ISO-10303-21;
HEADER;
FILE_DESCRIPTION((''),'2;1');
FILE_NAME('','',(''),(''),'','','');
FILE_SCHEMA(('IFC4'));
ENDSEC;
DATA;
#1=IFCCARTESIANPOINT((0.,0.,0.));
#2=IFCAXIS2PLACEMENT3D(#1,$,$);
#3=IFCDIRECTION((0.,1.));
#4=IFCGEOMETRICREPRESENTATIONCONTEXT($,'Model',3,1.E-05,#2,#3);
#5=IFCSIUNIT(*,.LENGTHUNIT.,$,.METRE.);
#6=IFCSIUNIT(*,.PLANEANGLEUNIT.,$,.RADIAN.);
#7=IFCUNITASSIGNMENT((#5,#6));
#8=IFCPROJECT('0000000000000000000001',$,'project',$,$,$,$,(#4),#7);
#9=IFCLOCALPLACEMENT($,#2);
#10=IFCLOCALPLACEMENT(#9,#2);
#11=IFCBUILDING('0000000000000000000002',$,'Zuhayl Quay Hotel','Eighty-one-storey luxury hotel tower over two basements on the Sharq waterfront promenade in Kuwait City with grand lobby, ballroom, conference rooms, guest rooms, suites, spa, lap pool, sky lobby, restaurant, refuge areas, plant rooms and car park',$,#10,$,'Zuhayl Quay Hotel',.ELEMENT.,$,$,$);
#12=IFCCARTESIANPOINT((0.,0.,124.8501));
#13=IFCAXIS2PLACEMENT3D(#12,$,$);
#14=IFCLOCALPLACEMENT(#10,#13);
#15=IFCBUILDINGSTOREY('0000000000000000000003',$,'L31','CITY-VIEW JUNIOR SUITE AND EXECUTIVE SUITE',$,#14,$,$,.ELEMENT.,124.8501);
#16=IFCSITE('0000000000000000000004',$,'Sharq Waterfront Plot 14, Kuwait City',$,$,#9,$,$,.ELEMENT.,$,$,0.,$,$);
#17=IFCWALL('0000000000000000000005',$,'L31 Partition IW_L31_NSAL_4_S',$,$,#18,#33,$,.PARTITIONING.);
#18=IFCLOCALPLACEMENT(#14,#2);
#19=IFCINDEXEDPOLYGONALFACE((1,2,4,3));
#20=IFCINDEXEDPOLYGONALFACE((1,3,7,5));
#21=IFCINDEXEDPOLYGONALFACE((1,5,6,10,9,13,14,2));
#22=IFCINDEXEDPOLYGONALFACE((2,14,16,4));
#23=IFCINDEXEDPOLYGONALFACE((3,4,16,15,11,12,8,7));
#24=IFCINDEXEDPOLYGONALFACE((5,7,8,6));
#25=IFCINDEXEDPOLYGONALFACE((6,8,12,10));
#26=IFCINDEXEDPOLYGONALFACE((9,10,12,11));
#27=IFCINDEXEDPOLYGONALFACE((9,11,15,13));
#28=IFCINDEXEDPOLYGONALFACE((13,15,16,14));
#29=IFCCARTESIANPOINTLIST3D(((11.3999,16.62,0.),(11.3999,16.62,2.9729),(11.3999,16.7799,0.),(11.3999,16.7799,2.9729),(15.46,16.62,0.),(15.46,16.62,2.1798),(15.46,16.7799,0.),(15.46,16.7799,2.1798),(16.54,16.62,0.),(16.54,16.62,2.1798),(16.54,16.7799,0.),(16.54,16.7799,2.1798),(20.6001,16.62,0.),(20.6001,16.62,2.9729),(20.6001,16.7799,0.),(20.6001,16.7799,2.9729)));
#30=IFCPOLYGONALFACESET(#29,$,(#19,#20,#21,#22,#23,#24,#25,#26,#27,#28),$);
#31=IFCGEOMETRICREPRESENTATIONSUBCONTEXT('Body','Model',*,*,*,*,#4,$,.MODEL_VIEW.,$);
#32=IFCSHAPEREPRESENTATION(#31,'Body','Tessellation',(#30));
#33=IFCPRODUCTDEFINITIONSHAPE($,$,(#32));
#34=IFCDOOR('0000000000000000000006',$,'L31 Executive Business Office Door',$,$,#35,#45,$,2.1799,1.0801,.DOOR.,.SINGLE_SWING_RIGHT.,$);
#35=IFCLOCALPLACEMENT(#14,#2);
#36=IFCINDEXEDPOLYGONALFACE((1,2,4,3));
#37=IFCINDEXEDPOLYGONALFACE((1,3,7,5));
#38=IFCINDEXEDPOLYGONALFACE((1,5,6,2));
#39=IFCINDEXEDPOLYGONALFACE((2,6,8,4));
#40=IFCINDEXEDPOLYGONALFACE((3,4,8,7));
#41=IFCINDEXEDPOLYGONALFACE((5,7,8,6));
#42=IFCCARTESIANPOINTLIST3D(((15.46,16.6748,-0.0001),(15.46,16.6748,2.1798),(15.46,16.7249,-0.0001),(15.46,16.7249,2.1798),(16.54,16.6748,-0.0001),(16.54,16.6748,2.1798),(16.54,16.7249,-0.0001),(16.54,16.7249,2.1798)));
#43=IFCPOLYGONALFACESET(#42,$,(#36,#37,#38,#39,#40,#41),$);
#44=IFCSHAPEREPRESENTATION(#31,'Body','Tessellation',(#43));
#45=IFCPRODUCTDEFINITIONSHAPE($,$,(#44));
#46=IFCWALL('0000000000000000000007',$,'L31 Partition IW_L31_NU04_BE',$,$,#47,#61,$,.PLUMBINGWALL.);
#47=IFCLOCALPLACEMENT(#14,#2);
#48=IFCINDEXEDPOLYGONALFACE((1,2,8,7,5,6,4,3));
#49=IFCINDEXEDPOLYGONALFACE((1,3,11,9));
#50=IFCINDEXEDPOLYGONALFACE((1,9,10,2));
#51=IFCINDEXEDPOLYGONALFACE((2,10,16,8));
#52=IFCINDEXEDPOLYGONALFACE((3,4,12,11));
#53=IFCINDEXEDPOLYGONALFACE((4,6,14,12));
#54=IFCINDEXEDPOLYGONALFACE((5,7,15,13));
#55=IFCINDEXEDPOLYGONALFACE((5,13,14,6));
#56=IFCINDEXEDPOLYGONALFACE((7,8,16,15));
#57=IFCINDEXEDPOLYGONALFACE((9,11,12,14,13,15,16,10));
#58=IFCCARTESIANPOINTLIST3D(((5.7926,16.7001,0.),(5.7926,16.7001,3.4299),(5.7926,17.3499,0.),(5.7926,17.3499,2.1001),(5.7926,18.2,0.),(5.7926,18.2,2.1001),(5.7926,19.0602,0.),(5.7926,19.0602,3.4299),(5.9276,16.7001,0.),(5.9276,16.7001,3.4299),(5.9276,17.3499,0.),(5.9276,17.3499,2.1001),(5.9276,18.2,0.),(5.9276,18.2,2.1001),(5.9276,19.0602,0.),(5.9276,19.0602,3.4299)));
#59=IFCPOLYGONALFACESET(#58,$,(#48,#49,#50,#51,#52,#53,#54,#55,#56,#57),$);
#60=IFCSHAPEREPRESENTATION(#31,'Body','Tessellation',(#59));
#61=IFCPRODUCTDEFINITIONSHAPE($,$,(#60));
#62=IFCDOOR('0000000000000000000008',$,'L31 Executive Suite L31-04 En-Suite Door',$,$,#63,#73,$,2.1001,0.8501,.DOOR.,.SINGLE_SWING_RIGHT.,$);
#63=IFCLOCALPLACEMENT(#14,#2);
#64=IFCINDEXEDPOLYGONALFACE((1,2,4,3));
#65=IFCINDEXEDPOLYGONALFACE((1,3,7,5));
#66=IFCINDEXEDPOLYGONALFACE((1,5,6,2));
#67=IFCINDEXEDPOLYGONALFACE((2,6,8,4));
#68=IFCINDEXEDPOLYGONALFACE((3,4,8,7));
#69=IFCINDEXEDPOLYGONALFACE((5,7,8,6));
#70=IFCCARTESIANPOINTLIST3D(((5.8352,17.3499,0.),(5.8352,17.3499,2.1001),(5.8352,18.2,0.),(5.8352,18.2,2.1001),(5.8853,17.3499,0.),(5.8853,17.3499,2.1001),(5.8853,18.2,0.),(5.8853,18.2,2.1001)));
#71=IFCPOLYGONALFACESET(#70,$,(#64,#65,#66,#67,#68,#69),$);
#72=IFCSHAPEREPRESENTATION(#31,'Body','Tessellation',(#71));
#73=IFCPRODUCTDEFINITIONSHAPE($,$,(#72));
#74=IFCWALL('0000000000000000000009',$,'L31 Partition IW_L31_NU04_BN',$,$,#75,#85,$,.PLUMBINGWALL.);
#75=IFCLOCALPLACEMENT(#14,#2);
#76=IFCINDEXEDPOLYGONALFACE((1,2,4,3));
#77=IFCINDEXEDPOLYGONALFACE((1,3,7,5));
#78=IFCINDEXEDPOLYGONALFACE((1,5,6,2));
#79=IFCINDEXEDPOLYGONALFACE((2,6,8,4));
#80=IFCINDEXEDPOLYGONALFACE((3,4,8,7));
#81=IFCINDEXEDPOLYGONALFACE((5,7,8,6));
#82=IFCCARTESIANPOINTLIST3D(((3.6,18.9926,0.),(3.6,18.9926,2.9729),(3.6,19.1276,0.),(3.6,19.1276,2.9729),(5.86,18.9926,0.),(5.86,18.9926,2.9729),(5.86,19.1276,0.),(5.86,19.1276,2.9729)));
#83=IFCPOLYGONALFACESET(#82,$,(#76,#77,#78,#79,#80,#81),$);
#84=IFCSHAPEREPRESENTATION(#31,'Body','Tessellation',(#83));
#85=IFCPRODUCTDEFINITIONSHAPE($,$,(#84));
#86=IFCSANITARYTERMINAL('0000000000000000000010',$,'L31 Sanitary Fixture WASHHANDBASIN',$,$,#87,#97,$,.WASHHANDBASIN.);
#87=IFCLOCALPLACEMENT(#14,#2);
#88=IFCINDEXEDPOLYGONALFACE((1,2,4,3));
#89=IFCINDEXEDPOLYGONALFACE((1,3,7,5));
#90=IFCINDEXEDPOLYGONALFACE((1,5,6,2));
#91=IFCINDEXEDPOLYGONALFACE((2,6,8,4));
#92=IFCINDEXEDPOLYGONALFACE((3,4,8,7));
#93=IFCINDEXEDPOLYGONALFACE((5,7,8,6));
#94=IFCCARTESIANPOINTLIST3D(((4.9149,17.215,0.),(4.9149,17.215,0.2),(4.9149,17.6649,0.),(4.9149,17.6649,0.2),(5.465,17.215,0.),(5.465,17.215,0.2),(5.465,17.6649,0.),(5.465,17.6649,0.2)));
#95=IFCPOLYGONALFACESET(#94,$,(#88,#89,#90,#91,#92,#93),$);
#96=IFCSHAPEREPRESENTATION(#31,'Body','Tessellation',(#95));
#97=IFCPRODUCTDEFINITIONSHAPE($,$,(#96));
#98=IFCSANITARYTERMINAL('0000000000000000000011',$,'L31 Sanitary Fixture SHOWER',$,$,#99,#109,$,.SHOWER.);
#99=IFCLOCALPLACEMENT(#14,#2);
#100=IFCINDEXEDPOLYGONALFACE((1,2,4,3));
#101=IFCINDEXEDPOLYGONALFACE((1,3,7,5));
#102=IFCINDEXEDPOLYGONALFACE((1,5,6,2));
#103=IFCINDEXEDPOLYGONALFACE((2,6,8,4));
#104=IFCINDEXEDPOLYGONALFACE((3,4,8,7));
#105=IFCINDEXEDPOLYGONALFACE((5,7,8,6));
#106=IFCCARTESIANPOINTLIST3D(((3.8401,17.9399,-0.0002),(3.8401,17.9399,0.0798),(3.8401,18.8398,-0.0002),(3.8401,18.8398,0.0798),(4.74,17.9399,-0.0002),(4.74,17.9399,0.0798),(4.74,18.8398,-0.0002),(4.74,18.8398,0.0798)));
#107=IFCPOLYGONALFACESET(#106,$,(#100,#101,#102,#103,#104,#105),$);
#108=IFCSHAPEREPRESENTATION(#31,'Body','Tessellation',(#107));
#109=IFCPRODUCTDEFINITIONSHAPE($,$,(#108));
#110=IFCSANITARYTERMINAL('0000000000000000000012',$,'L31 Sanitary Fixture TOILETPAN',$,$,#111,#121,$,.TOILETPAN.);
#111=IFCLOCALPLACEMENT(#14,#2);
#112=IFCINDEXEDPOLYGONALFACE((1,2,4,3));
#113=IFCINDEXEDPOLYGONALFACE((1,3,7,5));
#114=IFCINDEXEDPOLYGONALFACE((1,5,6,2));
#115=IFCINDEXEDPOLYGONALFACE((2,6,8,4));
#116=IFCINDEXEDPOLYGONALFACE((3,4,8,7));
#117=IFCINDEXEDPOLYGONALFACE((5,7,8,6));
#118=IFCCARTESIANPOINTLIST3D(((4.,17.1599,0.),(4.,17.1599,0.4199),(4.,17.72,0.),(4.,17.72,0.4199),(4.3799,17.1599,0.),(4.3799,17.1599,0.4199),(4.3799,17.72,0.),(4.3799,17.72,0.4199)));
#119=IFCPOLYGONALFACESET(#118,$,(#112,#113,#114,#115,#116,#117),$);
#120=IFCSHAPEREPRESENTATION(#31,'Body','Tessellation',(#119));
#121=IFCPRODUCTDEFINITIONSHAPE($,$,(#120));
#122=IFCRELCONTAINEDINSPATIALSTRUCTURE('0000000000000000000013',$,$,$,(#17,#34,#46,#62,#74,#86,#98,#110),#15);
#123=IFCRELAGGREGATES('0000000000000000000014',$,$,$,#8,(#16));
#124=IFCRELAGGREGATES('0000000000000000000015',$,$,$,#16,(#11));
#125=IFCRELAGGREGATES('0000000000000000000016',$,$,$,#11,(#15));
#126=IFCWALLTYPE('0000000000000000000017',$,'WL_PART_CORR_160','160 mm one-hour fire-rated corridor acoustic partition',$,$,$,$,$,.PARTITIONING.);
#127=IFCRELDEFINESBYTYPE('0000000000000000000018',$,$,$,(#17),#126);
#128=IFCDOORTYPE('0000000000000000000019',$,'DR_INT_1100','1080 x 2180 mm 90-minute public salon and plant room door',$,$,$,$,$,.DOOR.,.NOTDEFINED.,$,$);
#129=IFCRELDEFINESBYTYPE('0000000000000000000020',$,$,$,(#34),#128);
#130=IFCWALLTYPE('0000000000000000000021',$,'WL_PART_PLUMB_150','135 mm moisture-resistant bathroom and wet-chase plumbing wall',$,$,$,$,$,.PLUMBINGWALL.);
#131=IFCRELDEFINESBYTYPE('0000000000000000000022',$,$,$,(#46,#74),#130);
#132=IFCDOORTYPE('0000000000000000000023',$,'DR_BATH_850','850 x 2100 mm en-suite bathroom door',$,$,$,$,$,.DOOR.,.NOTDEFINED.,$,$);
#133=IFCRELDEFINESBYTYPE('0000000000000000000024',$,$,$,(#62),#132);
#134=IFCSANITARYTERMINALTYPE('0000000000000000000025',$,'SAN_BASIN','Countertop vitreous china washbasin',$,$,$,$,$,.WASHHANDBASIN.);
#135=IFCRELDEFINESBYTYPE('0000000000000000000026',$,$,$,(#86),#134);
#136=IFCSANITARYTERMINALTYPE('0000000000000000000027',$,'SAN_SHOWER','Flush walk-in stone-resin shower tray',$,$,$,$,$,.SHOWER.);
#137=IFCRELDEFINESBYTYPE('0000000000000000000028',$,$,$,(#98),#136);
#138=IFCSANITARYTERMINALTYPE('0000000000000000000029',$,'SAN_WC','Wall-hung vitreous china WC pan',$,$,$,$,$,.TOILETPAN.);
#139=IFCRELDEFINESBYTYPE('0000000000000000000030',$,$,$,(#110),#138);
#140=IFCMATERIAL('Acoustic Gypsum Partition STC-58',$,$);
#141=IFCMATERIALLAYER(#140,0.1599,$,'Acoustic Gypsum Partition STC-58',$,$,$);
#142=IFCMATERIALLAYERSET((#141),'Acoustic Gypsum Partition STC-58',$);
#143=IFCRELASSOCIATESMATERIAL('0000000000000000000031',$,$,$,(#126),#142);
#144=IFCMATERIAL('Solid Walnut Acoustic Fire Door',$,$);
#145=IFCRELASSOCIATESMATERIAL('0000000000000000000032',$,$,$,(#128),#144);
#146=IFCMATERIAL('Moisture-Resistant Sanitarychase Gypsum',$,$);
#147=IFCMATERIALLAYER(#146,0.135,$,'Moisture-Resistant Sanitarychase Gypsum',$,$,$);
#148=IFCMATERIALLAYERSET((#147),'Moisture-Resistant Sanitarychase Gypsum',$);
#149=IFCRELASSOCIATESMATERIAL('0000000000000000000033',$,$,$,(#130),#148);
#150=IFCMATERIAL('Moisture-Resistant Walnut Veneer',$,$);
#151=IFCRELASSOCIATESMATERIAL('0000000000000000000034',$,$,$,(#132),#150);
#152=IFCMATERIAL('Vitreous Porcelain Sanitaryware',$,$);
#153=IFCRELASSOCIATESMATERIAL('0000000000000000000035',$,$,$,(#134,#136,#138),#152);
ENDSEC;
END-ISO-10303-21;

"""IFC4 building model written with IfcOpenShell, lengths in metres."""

from ifc_helpers import new_model, si_unit, direction, frame, frame_2d, origin, origin_2d, place, context, subcontext, project, spatial, rectangle, extrude, material, layer, layer_set, type_object, element, fill, save


model = new_model("IFC4")

# Units and contexts
model_context = context("Model", 3, precision=1e-05, world=origin(), true_north=direction((0.0, 1.0)))
body_context = subcontext(model_context, "Body", "Model", "MODEL_VIEW")
ifc_project = project(units=[si_unit("LENGTHUNIT", "METRE"), si_unit("PLANEANGLEUNIT", "RADIAN")], contexts=[model_context])

# Site, building, storey
site_placement = place(None, origin())
site = spatial("IfcSite", under=ifc_project, at=site_placement, Name="Sharq Waterfront Plot 14, Kuwait City", CompositionType="ELEMENT", RefElevation=0.0)
building_placement = place(site_placement, origin())
building = spatial("IfcBuilding", under=site, at=building_placement, Name="Zuhayl Quay Hotel", Description="Eighty-one-storey luxury hotel tower over two basements on the Sharq waterfront promenade in Kuwait City with grand lobby, ballroom, conference rooms, guest rooms, suites, spa, lap pool, sky lobby, restaurant, refuge areas, plant rooms and car park", LongName="Zuhayl Quay Hotel", CompositionType="ELEMENT")
storey_placement = place(building_placement, frame((0.0, 0.0, 124.8501)))
storey = spatial("IfcBuildingStorey", under=building, at=storey_placement, Name="L31", Description="CITY-VIEW JUNIOR SUITE AND EXECUTIVE SUITE", CompositionType="ELEMENT", Elevation=124.8501)

# Shared definitions
ifc_material_1 = material(Name="Acoustic Gypsum Partition STC-58")

# Walls, openings, doors
ifc_layer_1 = layer(ifc_material_1, 0.1599, Name="Acoustic Gypsum Partition STC-58")
ifc_layer_set_1 = layer_set([ifc_layer_1], Name="Acoustic Gypsum Partition STC-58")
wall_type_1 = type_object("IfcWallType", Name="WL_PART_CORR_160", Description="160 mm one-hour fire-rated corridor acoustic partition", PredefinedType="PARTITIONING", material=ifc_layer_set_1)
ifc_material_2 = material(Name="Solid Walnut Acoustic Fire Door")
wall_1_placement = place(storey_placement, frame((11.3999, 16.7, 0.0), z_axis=(0.0, 0.0, 1.0), x_axis=(1.0, 0.0, 0.0)))
wall_1 = element("IfcWall", 1, at=wall_1_placement, inside=storey, type_object=wall_type_1, Name="L31 Partition IW_L31_NSAL_4_S", PredefinedType="PARTITIONING", context=body_context, shape_type="SweptSolid", body=[
    extrude(rectangle(XDim=9.2002, YDim=0.1599, at=frame_2d((4.6001, 0.0))), origin(), (0.0, 0.0, 1.0), 2.9729),
])
opening_1_placement = place(wall_1_placement, frame((4.0601, 0.0, 0.0)))
opening_1 = element("IfcOpeningElement", 2, at=opening_1_placement, cuts=wall_1, PredefinedType="OPENING", context=body_context, shape_type="SweptSolid", body=[
    extrude(rectangle(XDim=1.0801, YDim=2.1799, at=frame_2d((0.54, 1.0898))), frame((0.0, 0.0898, 0.0), z_axis=(0.0, -1.0, 0.0), x_axis=(1.0, 0.0, 0.0)), (0.0, 0.0, 1.0), 0.1799),
])
door_type_1 = type_object("IfcDoorType", Name="DR_INT_1100", Description="1080 x 2180 mm 90-minute public salon and plant room door", OperationType="NOTDEFINED", PredefinedType="DOOR", material=ifc_material_2)
door_1_placement = place(opening_1_placement, origin())
door_1 = element("IfcDoor", 3, at=door_1_placement, inside=storey, type_object=door_type_1, Name="L31 Executive Business Office Door", OperationType="SINGLE_SWING_RIGHT", OverallHeight=2.1799, OverallWidth=1.0801, PredefinedType="DOOR", context=body_context, shape_type="SweptSolid", body=[
    extrude(rectangle(XDim=1.0801, YDim=2.1799, at=frame_2d((0.54, 1.0898))), frame((0.0, 0.0249, 0.0), z_axis=(0.0, -1.0, 0.0), x_axis=(1.0, 0.0, 0.0)), (0.0, 0.0, 1.0), 0.05),
])
fill(opening_1, door_1)
ifc_material_3 = material(Name="Moisture-Resistant Sanitarychase Gypsum")
ifc_layer_2 = layer(ifc_material_3, 0.135, Name="Moisture-Resistant Sanitarychase Gypsum")
ifc_layer_set_2 = layer_set([ifc_layer_2], Name="Moisture-Resistant Sanitarychase Gypsum")
wall_type_2 = type_object("IfcWallType", Name="WL_PART_PLUMB_150", Description="135 mm moisture-resistant bathroom and wet-chase plumbing wall", PredefinedType="PLUMBINGWALL", material=ifc_layer_set_2)
wall_2_placement = place(storey_placement, frame((5.8601, 16.7, 0.0), z_axis=(0.0, 0.0, 1.0), x_axis=(0.0, 1.0, 0.0)))
wall_2 = element("IfcWall", 4, at=wall_2_placement, inside=storey, type_object=wall_type_2, Name="L31 Partition IW_L31_NU04_BE", PredefinedType="PLUMBINGWALL", context=body_context, shape_type="SweptSolid", body=[
    extrude(rectangle(XDim=2.3601, YDim=0.135, at=frame_2d((1.1802, 0.0))), origin(), (0.0, 0.0, 1.0), 3.4299),
])
opening_2_placement = place(wall_2_placement, frame((0.6499, 0.0, 0.0)))
opening_2 = element("IfcOpeningElement", 5, at=opening_2_placement, cuts=wall_2, PredefinedType="OPENING", context=body_context, shape_type="SweptSolid", body=[
    extrude(rectangle(XDim=0.8501, YDim=2.1001, at=frame_2d((0.425, 1.05))), frame((0.0, 0.0774, 0.0), z_axis=(0.0, -1.0, 0.0), x_axis=(1.0, 0.0, 0.0)), (0.0, 0.0, 1.0), 0.155),
])
ifc_material_4 = material(Name="Moisture-Resistant Walnut Veneer")
door_type_2 = type_object("IfcDoorType", Name="DR_BATH_850", Description="850 x 2100 mm en-suite bathroom door", OperationType="NOTDEFINED", PredefinedType="DOOR", material=ifc_material_4)
door_2_placement = place(opening_2_placement, origin())
door_2 = element("IfcDoor", 6, at=door_2_placement, inside=storey, type_object=door_type_2, Name="L31 Executive Suite L31-04 En-Suite Door", OperationType="SINGLE_SWING_RIGHT", OverallHeight=2.1001, OverallWidth=0.8501, PredefinedType="DOOR", context=body_context, shape_type="SweptSolid", body=[
    extrude(rectangle(XDim=0.8501, YDim=2.1001, at=frame_2d((0.425, 1.05))), frame((0.0, 0.0249, 0.0), z_axis=(0.0, -1.0, 0.0), x_axis=(1.0, 0.0, 0.0)), (0.0, 0.0, 1.0), 0.05),
])
fill(opening_2, door_2)

# Wall
wall_3_placement = place(storey_placement, frame((3.6001, 19.0601, 0.0), z_axis=(0.0, 0.0, 1.0), x_axis=(1.0, 0.0, 0.0)))
element("IfcWall", 7, at=wall_3_placement, inside=storey, type_object=wall_type_2, Name="L31 Partition IW_L31_NU04_BN", PredefinedType="PLUMBINGWALL", context=body_context, shape_type="SweptSolid", body=[
    extrude(rectangle(XDim=2.26, YDim=0.135, at=frame_2d((1.1299, 0.0))), origin(), (0.0, 0.0, 1.0), 2.9729),
])

# Sanitary terminals
ifc_material_5 = material(Name="Vitreous Porcelain Sanitaryware")
sanitary_terminal_type_1 = type_object("IfcSanitaryTerminalType", Name="SAN_BASIN", Description="Countertop vitreous china washbasin", PredefinedType="WASHHANDBASIN", material=ifc_material_5)
sanitary_terminal_1_placement = place(storey_placement, frame((5.1899, 17.4399, 0.0), z_axis=(0.0, 0.0, 1.0), x_axis=(1.0, 0.0, 0.0)))
element("IfcSanitaryTerminal", 8, at=sanitary_terminal_1_placement, inside=storey, type_object=sanitary_terminal_type_1, Name="L31 Sanitary Fixture WASHHANDBASIN", PredefinedType="WASHHANDBASIN", context=body_context, shape_type="SweptSolid", body=[
    extrude(rectangle(XDim=0.55, YDim=0.45, at=origin_2d()), origin(), (0.0, 0.0, 1.0), 0.2),
])
sanitary_terminal_type_2 = type_object("IfcSanitaryTerminalType", Name="SAN_SHOWER", Description="Flush walk-in stone-resin shower tray", PredefinedType="SHOWER", material=ifc_material_5)
sanitary_terminal_2_placement = place(storey_placement, frame((4.29, 18.3899, -0.0002), z_axis=(0.0, 0.0, 1.0), x_axis=(1.0, 0.0, 0.0)))
element("IfcSanitaryTerminal", 9, at=sanitary_terminal_2_placement, inside=storey, type_object=sanitary_terminal_type_2, Name="L31 Sanitary Fixture SHOWER", PredefinedType="SHOWER", context=body_context, shape_type="SweptSolid", body=[
    extrude(rectangle(XDim=0.8999, YDim=0.8999, at=origin_2d()), origin(), (0.0, 0.0, 1.0), 0.0801),
])
sanitary_terminal_type_3 = type_object("IfcSanitaryTerminalType", Name="SAN_WC", Description="Wall-hung vitreous china WC pan", PredefinedType="TOILETPAN", material=ifc_material_5)
sanitary_terminal_3_placement = place(storey_placement, frame((4.1899, 17.4399, 0.0), z_axis=(0.0, 0.0, 1.0), x_axis=(1.0, 0.0, 0.0)))
element("IfcSanitaryTerminal", 10, at=sanitary_terminal_3_placement, inside=storey, type_object=sanitary_terminal_type_3, Name="L31 Sanitary Fixture TOILETPAN", PredefinedType="TOILETPAN", context=body_context, shape_type="SweptSolid", body=[
    extrude(rectangle(XDim=0.3799, YDim=0.5601, at=origin_2d()), origin(), (0.0, 0.0, 1.0), 0.4199),
])

save(model, "model.ifc")
